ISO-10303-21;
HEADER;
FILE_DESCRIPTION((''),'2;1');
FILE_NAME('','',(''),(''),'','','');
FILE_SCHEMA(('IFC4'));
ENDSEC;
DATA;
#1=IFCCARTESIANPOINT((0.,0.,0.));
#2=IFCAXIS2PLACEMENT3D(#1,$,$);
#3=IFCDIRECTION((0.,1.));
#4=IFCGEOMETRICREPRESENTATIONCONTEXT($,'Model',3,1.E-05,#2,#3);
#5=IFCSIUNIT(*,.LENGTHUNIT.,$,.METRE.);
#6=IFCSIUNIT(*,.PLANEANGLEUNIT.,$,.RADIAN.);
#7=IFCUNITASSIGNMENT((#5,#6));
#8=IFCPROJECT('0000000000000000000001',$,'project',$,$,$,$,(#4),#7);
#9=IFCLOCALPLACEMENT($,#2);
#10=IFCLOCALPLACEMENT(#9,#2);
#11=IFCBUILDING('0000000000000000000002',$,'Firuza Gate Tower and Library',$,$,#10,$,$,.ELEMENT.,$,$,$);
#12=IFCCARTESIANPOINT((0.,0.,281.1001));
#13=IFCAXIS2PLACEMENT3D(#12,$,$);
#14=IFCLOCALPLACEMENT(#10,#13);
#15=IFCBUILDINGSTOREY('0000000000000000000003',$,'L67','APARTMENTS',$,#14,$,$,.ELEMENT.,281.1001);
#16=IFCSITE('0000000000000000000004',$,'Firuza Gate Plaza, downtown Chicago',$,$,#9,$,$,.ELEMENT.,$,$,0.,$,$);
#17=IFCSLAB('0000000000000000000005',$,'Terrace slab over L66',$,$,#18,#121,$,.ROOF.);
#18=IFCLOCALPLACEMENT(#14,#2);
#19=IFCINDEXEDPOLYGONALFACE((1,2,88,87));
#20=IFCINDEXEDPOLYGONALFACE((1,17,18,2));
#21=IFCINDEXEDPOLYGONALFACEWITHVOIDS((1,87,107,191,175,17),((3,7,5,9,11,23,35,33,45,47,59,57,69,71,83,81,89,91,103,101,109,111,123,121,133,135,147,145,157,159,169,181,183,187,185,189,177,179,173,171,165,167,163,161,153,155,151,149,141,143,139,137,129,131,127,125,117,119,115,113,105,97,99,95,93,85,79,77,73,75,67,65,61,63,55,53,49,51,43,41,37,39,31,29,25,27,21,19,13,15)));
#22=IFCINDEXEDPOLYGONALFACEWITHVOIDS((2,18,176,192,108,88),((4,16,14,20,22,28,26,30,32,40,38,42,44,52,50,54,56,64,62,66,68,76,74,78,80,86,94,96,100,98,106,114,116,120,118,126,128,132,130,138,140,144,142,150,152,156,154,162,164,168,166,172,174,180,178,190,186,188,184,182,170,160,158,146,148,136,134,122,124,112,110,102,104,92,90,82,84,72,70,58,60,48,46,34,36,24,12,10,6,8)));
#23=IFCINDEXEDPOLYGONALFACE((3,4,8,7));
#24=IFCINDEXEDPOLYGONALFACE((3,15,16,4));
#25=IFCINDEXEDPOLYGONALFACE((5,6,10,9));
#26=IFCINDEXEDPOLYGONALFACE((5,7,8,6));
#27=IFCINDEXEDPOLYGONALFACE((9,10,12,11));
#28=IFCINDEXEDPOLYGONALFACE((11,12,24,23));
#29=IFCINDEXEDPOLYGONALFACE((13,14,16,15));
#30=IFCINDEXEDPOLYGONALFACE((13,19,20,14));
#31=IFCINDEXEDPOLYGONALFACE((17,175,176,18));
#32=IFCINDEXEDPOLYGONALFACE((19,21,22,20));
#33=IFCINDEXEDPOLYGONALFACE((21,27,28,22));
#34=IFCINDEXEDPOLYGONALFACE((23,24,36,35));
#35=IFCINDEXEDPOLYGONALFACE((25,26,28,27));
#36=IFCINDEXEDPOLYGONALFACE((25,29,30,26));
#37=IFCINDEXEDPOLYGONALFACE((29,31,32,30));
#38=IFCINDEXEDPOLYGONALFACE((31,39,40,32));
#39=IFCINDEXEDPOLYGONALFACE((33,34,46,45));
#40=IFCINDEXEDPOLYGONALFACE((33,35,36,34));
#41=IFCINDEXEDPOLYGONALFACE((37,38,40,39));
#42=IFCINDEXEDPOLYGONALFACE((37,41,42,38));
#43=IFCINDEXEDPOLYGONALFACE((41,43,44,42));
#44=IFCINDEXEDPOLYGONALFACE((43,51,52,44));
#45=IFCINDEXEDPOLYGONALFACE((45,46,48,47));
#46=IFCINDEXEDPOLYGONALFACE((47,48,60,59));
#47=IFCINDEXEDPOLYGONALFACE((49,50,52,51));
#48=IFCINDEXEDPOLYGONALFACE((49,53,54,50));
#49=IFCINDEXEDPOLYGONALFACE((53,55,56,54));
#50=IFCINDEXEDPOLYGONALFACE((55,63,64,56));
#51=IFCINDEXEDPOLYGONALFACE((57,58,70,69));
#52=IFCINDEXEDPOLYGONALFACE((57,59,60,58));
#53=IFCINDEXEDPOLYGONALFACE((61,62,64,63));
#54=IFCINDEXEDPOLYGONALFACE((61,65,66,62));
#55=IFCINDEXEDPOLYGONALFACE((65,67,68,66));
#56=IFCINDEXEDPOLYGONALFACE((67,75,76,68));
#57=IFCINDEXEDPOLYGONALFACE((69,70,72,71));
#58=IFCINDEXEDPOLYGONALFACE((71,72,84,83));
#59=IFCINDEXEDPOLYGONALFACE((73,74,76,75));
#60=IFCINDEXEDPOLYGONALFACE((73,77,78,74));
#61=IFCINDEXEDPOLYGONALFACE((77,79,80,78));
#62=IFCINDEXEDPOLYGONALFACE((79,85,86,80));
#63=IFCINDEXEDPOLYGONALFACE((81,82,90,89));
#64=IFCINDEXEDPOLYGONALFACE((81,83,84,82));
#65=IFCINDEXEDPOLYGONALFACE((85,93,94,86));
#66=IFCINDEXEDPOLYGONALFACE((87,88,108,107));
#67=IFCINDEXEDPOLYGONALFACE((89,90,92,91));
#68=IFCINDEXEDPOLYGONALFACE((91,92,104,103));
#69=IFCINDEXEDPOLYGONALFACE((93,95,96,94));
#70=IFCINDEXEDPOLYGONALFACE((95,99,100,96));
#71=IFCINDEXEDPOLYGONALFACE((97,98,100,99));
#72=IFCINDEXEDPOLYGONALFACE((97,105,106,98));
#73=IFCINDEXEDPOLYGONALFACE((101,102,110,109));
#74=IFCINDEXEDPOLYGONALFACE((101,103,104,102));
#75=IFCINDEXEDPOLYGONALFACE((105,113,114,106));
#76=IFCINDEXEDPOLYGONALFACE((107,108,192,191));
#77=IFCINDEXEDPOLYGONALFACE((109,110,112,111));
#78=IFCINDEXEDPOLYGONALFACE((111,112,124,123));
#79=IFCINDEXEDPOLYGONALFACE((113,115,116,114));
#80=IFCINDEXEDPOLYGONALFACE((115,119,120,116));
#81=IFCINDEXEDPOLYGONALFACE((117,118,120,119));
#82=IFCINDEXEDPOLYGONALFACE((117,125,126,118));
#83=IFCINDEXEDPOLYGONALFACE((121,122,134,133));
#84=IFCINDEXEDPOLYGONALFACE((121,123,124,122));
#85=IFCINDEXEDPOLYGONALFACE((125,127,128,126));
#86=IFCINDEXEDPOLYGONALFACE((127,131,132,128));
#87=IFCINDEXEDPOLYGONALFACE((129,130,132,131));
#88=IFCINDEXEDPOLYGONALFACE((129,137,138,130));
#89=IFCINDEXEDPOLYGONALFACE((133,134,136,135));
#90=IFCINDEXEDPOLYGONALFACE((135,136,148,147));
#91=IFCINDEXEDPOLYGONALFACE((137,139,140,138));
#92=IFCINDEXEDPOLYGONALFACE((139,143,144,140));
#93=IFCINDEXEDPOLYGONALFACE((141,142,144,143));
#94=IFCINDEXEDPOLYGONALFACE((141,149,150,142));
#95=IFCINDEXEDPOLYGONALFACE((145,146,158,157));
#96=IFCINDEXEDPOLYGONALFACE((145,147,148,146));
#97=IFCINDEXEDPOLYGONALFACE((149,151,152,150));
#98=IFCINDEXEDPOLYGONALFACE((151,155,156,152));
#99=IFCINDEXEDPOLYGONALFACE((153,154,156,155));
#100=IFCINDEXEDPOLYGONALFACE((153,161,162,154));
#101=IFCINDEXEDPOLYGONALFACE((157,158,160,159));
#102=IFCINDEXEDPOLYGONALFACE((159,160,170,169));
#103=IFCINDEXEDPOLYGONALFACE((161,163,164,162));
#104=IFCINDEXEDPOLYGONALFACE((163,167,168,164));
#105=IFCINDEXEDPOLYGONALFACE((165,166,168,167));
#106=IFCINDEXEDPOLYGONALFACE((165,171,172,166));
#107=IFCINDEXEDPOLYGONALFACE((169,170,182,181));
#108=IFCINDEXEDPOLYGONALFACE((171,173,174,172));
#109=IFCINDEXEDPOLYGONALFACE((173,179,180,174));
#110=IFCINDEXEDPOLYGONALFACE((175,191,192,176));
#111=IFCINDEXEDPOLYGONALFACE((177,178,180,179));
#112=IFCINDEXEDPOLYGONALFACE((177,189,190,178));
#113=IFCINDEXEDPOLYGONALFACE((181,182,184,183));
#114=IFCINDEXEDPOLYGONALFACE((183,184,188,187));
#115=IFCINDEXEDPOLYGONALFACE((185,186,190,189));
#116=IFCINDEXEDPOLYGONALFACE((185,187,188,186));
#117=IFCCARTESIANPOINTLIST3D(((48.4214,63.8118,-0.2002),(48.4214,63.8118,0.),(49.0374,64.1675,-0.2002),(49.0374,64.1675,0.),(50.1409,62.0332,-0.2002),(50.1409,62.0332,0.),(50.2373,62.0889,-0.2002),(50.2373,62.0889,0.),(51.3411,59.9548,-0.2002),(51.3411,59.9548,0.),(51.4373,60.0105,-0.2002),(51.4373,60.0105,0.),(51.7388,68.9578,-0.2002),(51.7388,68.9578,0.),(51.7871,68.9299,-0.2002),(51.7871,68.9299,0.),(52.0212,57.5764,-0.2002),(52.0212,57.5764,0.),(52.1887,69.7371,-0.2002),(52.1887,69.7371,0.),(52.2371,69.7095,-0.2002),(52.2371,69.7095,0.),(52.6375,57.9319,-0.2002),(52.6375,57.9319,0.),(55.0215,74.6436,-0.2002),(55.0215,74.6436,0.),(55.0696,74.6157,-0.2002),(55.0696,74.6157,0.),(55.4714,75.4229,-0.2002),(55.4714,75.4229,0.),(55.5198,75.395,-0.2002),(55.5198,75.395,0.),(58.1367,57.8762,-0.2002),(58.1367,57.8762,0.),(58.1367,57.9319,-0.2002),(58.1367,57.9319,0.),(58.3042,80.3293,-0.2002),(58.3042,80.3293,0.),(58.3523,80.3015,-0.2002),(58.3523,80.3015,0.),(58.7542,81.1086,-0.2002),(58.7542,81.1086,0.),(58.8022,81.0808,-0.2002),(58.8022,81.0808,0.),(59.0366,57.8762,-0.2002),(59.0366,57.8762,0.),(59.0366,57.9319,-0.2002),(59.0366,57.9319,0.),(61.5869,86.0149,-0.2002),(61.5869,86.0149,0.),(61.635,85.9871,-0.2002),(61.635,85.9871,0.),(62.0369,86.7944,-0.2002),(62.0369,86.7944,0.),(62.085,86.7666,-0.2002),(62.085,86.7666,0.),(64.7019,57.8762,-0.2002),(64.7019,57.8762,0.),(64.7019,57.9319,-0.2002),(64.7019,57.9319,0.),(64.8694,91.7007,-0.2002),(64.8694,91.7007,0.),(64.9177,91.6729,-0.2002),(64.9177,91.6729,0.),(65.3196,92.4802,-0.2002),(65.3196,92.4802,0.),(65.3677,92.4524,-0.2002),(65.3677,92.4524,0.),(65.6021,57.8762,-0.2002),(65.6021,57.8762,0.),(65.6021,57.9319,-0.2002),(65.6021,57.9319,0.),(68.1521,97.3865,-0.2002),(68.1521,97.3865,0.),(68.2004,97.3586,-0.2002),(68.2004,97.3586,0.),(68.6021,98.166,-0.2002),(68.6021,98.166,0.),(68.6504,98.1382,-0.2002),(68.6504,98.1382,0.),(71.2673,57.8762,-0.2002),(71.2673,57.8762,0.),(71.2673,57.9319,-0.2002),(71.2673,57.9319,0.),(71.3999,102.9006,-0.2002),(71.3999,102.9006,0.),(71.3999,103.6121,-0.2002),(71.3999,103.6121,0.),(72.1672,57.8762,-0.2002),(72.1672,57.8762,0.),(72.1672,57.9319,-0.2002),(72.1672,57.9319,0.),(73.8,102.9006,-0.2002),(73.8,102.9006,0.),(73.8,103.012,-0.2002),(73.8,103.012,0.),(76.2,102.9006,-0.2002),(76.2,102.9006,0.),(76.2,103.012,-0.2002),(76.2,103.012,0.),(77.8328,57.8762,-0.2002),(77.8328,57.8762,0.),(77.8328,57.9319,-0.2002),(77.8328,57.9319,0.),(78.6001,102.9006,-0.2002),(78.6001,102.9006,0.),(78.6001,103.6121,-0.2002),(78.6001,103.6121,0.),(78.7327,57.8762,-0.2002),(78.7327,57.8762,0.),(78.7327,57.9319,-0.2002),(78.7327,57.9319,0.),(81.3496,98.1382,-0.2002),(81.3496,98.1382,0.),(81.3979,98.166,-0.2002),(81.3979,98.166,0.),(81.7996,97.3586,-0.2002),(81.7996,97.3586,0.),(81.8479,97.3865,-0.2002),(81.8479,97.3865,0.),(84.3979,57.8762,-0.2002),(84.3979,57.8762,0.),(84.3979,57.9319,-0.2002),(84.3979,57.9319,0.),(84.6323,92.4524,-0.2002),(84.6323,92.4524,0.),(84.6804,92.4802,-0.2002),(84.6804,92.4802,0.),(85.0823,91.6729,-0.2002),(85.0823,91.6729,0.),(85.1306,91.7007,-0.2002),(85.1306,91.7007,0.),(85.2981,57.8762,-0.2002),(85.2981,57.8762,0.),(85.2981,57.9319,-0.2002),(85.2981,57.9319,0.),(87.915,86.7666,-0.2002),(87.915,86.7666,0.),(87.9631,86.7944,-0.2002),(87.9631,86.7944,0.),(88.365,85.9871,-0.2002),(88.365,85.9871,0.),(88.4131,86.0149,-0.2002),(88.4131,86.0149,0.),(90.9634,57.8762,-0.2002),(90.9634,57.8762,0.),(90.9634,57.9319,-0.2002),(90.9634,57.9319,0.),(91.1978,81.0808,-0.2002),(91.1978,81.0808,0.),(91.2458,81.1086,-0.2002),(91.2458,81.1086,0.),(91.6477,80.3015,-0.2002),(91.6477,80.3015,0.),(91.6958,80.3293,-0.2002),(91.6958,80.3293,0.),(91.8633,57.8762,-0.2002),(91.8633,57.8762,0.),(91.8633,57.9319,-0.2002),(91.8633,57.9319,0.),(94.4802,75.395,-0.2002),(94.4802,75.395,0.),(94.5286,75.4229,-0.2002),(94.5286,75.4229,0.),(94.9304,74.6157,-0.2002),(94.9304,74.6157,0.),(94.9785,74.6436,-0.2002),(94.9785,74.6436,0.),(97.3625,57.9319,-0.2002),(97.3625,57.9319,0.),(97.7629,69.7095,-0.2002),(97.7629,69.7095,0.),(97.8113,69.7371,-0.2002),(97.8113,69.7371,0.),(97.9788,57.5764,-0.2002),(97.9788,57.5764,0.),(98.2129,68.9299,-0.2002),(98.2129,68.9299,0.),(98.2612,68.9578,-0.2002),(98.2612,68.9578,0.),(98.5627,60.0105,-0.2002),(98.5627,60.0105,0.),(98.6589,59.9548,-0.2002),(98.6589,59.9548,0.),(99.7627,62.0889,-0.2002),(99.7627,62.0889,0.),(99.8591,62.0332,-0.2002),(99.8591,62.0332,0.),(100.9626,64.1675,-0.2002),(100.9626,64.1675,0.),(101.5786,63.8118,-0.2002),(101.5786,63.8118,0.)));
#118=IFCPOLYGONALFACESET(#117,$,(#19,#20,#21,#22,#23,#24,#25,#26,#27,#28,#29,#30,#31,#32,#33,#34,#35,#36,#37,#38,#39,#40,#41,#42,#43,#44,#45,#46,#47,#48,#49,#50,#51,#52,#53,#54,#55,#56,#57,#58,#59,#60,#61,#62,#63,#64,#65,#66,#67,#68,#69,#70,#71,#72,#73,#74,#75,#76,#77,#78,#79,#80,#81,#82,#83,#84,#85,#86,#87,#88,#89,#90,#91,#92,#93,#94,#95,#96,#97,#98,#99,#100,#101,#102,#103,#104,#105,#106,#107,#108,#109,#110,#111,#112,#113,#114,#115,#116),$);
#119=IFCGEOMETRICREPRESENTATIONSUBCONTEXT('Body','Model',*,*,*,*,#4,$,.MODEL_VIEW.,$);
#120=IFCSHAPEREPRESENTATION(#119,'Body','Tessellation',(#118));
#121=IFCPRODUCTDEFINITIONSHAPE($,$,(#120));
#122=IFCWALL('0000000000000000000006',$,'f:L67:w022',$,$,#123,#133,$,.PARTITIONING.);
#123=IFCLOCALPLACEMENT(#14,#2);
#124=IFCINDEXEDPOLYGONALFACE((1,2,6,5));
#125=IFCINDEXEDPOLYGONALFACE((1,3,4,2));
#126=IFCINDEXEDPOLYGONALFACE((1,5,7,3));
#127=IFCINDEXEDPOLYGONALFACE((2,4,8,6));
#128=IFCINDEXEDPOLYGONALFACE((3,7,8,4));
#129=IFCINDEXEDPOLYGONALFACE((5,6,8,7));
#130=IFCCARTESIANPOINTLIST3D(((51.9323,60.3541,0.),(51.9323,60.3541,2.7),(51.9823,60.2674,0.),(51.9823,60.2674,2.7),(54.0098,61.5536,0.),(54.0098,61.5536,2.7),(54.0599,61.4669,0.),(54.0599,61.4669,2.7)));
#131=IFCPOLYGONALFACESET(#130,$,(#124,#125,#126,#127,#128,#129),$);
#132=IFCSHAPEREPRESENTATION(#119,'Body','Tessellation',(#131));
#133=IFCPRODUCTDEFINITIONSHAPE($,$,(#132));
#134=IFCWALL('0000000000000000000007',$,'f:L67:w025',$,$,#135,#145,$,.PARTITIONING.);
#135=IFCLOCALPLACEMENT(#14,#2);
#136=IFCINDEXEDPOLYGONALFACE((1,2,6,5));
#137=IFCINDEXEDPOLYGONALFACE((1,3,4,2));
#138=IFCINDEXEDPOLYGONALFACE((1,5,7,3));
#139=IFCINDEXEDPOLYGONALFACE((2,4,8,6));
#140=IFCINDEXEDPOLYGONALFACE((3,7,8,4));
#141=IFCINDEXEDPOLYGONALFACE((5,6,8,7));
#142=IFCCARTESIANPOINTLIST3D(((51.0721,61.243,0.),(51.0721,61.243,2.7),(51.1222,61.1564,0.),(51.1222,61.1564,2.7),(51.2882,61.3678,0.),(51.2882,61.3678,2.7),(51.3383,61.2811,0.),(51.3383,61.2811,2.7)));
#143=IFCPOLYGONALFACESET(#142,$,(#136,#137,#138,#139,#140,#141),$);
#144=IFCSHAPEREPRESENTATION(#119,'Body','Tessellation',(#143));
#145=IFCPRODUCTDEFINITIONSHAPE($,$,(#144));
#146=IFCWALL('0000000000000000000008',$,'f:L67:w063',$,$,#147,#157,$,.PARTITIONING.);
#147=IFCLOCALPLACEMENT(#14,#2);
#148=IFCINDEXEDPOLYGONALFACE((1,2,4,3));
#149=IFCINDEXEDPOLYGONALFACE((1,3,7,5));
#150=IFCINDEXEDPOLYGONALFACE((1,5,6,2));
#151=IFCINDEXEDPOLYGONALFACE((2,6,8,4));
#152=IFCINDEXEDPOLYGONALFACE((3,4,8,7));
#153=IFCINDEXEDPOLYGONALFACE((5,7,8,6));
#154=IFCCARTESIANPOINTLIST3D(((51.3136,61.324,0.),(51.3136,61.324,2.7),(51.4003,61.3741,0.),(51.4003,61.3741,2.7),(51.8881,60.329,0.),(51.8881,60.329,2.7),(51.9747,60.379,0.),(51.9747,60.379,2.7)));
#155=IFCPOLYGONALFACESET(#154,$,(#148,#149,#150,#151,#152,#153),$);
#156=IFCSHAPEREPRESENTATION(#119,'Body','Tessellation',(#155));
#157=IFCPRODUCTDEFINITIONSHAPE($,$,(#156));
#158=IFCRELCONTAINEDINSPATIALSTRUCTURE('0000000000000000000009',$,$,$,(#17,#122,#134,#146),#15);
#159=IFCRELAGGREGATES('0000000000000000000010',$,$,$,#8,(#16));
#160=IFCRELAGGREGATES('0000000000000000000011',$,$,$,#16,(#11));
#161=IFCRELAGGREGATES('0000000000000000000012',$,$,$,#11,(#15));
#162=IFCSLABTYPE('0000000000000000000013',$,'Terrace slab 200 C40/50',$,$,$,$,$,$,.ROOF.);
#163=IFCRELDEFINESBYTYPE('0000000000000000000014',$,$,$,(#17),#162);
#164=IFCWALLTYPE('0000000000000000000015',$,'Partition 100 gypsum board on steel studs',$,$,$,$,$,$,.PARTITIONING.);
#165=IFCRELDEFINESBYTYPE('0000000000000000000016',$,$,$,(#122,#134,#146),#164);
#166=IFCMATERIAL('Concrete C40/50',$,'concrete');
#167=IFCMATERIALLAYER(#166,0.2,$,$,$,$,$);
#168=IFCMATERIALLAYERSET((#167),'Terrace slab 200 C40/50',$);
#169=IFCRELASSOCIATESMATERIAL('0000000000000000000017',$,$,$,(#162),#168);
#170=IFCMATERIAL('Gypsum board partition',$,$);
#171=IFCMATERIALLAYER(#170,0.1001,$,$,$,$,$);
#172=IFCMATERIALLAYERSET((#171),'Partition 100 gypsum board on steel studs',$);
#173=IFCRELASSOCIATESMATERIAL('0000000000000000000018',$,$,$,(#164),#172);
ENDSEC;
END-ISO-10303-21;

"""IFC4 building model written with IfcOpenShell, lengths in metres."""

from ifc_helpers import new_model, si_unit, direction, frame, frame_2d, origin, place, context, subcontext, project, spatial, polyline, rectangle, outline, extrude, material, layer, layer_set, type_object, element, save


model = new_model("IFC4")

# Units and contexts
model_context = context("Model", 3, precision=1e-05, world=origin(), true_north=direction((0.0, 1.0)))
body_context = subcontext(model_context, "Body", "Model", "MODEL_VIEW")
ifc_project = project(units=[si_unit("LENGTHUNIT", "METRE"), si_unit("PLANEANGLEUNIT", "RADIAN")], contexts=[model_context])

# Site, building, storey
site_placement = place(None, origin())
site = spatial("IfcSite", under=ifc_project, at=site_placement, Name="Firuza Gate Plaza, downtown Chicago", CompositionType="ELEMENT", RefElevation=0.0)
building_placement = place(site_placement, origin())
building = spatial("IfcBuilding", under=site, at=building_placement, Name="Firuza Gate Tower and Library", CompositionType="ELEMENT")
storey_placement = place(building_placement, frame((0.0, 0.0, 281.1001)))
storey = spatial("IfcBuildingStorey", under=building, at=storey_placement, Name="L67", Description="APARTMENTS", CompositionType="ELEMENT", Elevation=281.1001)

# Shared definitions
placement_1 = place(storey_placement, frame((0.0, 0.0, -0.2002)))

# Slab
ifc_material_1 = material(Name="Concrete C40/50", Category="concrete")
ifc_layer_1 = layer(ifc_material_1, 0.2)
ifc_layer_set_1 = layer_set([ifc_layer_1], Name="Terrace slab 200 C40/50")
slab_type_1 = type_object("IfcSlabType", Name="Terrace slab 200 C40/50", PredefinedType="ROOF", material=ifc_layer_set_1)
element("IfcSlab", 1, at=placement_1, inside=storey, type_object=slab_type_1, Name="Terrace slab over L66", PredefinedType="ROOF", context=body_context, shape_type="SweptSolid", body=[
    extrude(outline(polyline([(71.3999, 103.6121), (48.4214, 63.8118), (52.0212, 57.5764), (97.9788, 57.5764), (101.5786, 63.8118), (78.6001, 103.6121), (71.3999, 103.6121)]), holes=[polyline([(52.6375, 57.9319), (52.6375, 57.9319), (52.6375, 57.9319), (51.4373, 60.0105), (51.3411, 59.9548), (50.1409, 62.0332), (50.2373, 62.0889), (49.0374, 64.1675), (49.0374, 64.1675), (49.0374, 64.1675), (49.0374, 64.1675), (49.0374, 64.1675), (49.0374, 64.1675), (49.0374, 64.1675), (49.0374, 64.1675), (49.0374, 64.1675), (49.0374, 64.1675), (49.0374, 64.1675), (49.0374, 64.1675), (51.7871, 68.9299), (51.7388, 68.9578), (52.1887, 69.7371), (52.2371, 69.7095), (55.0696, 74.6157), (55.0215, 74.6436), (55.4714, 75.4229), (55.5198, 75.395), (58.3523, 80.3015), (58.3042, 80.3293), (58.7542, 81.1086), (58.8022, 81.0808), (61.635, 85.9871), (61.5869, 86.0149), (62.0369, 86.7944), (62.085, 86.7666), (64.9177, 91.6729), (64.8694, 91.7007), (65.3196, 92.4802), (65.3677, 92.4524), (68.2004, 97.3586), (68.1521, 97.3865), (68.6021, 98.166), (68.6504, 98.1382), (71.3999, 102.9006), (71.3999, 102.9006), (71.3999, 102.9006), (71.3999, 102.9006), (71.3999, 102.9006), (71.3999, 102.9006), (71.3999, 102.9006), (71.3999, 102.9006), (71.3999, 102.9006), (71.3999, 102.9006), (71.3999, 102.9006), (71.3999, 102.9006), (73.8, 102.9006), (73.8, 103.012), (76.2, 103.012), (76.2, 102.9006), (78.6001, 102.9006), (78.6001, 102.9006), (78.6001, 102.9006), (78.6001, 102.9006), (78.6001, 102.9006), (78.6001, 102.9006), (78.6001, 102.9006), (78.6001, 102.9006), (78.6001, 102.9006), (78.6001, 102.9006), (78.6001, 102.9006), (78.6001, 102.9006), (81.3496, 98.1382), (81.3979, 98.166), (81.8479, 97.3865), (81.7996, 97.3586), (84.6323, 92.4524), (84.6804, 92.4802), (85.1306, 91.7007), (85.0823, 91.6729), (87.915, 86.7666), (87.9631, 86.7944), (88.4131, 86.0149), (88.365, 85.9871), (91.1978, 81.0808), (91.2458, 81.1086), (91.6958, 80.3293), (91.6477, 80.3015), (94.4802, 75.395), (94.5286, 75.4229), (94.9785, 74.6436), (94.9304, 74.6157), (97.7629, 69.7095), (97.8113, 69.7371), (98.2612, 68.9578), (98.2129, 68.9299), (100.9626, 64.1675), (100.9626, 64.1675), (100.9626, 64.1675), (100.9626, 64.1675), (100.9626, 64.1675), (100.9626, 64.1675), (100.9626, 64.1675), (100.9626, 64.1675), (100.9626, 64.1675), (100.9626, 64.1675), (100.9626, 64.1675), (100.9626, 64.1675), (99.7627, 62.0889), (99.8591, 62.0332), (98.6589, 59.9548), (98.5627, 60.0105), (97.3625, 57.9319), (97.3625, 57.9319), (97.3625, 57.9319), (97.3625, 57.9319), (97.3625, 57.9319), (97.3625, 57.9319), (97.3625, 57.9319), (97.3625, 57.9319), (97.3625, 57.9319), (97.3625, 57.9319), (97.3625, 57.9319), (97.3625, 57.9319), (91.8633, 57.9319), (91.8633, 57.8762), (90.9634, 57.8762), (90.9634, 57.9319), (85.2981, 57.9319), (85.2981, 57.8762), (84.3979, 57.8762), (84.3979, 57.9319), (78.7327, 57.9319), (78.7327, 57.8762), (77.8328, 57.8762), (77.8328, 57.9319), (72.1672, 57.9319), (72.1672, 57.8762), (71.2673, 57.8762), (71.2673, 57.9319), (65.6021, 57.9319), (65.6021, 57.8762), (64.7019, 57.8762), (64.7019, 57.9319), (59.0366, 57.9319), (59.0366, 57.8762), (58.1367, 57.8762), (58.1367, 57.9319), (52.6375, 57.9319), (52.6375, 57.9319), (52.6375, 57.9319), (52.6375, 57.9319), (52.6375, 57.9319), (52.6375, 57.9319), (52.6375, 57.9319), (52.6375, 57.9319), (52.6375, 57.9319), (52.6375, 57.9319)])]), origin(), (0.0, 0.0, 1.0), 0.2002),
])

# Walls
ifc_material_2 = material(Name="Gypsum board partition")
ifc_layer_2 = layer(ifc_material_2, 0.1001)
ifc_layer_set_2 = layer_set([ifc_layer_2], Name="Partition 100 gypsum board on steel studs")
wall_type = type_object("IfcWallType", Name="Partition 100 gypsum board on steel studs", PredefinedType="PARTITIONING", material=ifc_layer_set_2)
wall_1_placement = place(storey_placement, frame((51.9573, 60.3108, 0.0), z_axis=(0.0, 0.0, 1.0), x_axis=(0.866036, 0.499981, 0.0)))
element("IfcWall", 2, at=wall_1_placement, inside=storey, type_object=wall_type, Name="f:L67:w022", PredefinedType="PARTITIONING", context=body_context, shape_type="SweptSolid", body=[
    extrude(rectangle(XDim=2.3989, YDim=0.1001, at=frame_2d((1.1995, 0.0))), origin(), (0.0, 0.0, 1.0), 2.7),
])
wall_2_placement = place(storey_placement, frame((51.0972, 61.1997, 0.0), z_axis=(0.0, 0.0, 1.0), x_axis=(0.866006, 0.500033, 0.0)))
element("IfcWall", 3, at=wall_2_placement, inside=storey, type_object=wall_type, Name="f:L67:w025", PredefinedType="PARTITIONING", context=body_context, shape_type="SweptSolid", body=[
    extrude(rectangle(XDim=0.2495, YDim=0.1001, at=frame_2d((0.1248, 0.0))), origin(), (0.0, 0.0, 1.0), 2.7),
])
wall_3_placement = place(storey_placement, frame((51.9314, 60.354, 0.0), z_axis=(0.0, 0.0, 1.0), x_axis=(-0.499955, 0.866051, 0.0)))
element("IfcWall", 4, at=wall_3_placement, inside=storey, type_object=wall_type, Name="f:L67:w063", PredefinedType="PARTITIONING", context=body_context, shape_type="SweptSolid", body=[
    extrude(rectangle(XDim=1.1489, YDim=0.1001, at=frame_2d((0.5745, 0.0))), origin(), (0.0, 0.0, 1.0), 2.7),
])

save(model, "model.ifc")
